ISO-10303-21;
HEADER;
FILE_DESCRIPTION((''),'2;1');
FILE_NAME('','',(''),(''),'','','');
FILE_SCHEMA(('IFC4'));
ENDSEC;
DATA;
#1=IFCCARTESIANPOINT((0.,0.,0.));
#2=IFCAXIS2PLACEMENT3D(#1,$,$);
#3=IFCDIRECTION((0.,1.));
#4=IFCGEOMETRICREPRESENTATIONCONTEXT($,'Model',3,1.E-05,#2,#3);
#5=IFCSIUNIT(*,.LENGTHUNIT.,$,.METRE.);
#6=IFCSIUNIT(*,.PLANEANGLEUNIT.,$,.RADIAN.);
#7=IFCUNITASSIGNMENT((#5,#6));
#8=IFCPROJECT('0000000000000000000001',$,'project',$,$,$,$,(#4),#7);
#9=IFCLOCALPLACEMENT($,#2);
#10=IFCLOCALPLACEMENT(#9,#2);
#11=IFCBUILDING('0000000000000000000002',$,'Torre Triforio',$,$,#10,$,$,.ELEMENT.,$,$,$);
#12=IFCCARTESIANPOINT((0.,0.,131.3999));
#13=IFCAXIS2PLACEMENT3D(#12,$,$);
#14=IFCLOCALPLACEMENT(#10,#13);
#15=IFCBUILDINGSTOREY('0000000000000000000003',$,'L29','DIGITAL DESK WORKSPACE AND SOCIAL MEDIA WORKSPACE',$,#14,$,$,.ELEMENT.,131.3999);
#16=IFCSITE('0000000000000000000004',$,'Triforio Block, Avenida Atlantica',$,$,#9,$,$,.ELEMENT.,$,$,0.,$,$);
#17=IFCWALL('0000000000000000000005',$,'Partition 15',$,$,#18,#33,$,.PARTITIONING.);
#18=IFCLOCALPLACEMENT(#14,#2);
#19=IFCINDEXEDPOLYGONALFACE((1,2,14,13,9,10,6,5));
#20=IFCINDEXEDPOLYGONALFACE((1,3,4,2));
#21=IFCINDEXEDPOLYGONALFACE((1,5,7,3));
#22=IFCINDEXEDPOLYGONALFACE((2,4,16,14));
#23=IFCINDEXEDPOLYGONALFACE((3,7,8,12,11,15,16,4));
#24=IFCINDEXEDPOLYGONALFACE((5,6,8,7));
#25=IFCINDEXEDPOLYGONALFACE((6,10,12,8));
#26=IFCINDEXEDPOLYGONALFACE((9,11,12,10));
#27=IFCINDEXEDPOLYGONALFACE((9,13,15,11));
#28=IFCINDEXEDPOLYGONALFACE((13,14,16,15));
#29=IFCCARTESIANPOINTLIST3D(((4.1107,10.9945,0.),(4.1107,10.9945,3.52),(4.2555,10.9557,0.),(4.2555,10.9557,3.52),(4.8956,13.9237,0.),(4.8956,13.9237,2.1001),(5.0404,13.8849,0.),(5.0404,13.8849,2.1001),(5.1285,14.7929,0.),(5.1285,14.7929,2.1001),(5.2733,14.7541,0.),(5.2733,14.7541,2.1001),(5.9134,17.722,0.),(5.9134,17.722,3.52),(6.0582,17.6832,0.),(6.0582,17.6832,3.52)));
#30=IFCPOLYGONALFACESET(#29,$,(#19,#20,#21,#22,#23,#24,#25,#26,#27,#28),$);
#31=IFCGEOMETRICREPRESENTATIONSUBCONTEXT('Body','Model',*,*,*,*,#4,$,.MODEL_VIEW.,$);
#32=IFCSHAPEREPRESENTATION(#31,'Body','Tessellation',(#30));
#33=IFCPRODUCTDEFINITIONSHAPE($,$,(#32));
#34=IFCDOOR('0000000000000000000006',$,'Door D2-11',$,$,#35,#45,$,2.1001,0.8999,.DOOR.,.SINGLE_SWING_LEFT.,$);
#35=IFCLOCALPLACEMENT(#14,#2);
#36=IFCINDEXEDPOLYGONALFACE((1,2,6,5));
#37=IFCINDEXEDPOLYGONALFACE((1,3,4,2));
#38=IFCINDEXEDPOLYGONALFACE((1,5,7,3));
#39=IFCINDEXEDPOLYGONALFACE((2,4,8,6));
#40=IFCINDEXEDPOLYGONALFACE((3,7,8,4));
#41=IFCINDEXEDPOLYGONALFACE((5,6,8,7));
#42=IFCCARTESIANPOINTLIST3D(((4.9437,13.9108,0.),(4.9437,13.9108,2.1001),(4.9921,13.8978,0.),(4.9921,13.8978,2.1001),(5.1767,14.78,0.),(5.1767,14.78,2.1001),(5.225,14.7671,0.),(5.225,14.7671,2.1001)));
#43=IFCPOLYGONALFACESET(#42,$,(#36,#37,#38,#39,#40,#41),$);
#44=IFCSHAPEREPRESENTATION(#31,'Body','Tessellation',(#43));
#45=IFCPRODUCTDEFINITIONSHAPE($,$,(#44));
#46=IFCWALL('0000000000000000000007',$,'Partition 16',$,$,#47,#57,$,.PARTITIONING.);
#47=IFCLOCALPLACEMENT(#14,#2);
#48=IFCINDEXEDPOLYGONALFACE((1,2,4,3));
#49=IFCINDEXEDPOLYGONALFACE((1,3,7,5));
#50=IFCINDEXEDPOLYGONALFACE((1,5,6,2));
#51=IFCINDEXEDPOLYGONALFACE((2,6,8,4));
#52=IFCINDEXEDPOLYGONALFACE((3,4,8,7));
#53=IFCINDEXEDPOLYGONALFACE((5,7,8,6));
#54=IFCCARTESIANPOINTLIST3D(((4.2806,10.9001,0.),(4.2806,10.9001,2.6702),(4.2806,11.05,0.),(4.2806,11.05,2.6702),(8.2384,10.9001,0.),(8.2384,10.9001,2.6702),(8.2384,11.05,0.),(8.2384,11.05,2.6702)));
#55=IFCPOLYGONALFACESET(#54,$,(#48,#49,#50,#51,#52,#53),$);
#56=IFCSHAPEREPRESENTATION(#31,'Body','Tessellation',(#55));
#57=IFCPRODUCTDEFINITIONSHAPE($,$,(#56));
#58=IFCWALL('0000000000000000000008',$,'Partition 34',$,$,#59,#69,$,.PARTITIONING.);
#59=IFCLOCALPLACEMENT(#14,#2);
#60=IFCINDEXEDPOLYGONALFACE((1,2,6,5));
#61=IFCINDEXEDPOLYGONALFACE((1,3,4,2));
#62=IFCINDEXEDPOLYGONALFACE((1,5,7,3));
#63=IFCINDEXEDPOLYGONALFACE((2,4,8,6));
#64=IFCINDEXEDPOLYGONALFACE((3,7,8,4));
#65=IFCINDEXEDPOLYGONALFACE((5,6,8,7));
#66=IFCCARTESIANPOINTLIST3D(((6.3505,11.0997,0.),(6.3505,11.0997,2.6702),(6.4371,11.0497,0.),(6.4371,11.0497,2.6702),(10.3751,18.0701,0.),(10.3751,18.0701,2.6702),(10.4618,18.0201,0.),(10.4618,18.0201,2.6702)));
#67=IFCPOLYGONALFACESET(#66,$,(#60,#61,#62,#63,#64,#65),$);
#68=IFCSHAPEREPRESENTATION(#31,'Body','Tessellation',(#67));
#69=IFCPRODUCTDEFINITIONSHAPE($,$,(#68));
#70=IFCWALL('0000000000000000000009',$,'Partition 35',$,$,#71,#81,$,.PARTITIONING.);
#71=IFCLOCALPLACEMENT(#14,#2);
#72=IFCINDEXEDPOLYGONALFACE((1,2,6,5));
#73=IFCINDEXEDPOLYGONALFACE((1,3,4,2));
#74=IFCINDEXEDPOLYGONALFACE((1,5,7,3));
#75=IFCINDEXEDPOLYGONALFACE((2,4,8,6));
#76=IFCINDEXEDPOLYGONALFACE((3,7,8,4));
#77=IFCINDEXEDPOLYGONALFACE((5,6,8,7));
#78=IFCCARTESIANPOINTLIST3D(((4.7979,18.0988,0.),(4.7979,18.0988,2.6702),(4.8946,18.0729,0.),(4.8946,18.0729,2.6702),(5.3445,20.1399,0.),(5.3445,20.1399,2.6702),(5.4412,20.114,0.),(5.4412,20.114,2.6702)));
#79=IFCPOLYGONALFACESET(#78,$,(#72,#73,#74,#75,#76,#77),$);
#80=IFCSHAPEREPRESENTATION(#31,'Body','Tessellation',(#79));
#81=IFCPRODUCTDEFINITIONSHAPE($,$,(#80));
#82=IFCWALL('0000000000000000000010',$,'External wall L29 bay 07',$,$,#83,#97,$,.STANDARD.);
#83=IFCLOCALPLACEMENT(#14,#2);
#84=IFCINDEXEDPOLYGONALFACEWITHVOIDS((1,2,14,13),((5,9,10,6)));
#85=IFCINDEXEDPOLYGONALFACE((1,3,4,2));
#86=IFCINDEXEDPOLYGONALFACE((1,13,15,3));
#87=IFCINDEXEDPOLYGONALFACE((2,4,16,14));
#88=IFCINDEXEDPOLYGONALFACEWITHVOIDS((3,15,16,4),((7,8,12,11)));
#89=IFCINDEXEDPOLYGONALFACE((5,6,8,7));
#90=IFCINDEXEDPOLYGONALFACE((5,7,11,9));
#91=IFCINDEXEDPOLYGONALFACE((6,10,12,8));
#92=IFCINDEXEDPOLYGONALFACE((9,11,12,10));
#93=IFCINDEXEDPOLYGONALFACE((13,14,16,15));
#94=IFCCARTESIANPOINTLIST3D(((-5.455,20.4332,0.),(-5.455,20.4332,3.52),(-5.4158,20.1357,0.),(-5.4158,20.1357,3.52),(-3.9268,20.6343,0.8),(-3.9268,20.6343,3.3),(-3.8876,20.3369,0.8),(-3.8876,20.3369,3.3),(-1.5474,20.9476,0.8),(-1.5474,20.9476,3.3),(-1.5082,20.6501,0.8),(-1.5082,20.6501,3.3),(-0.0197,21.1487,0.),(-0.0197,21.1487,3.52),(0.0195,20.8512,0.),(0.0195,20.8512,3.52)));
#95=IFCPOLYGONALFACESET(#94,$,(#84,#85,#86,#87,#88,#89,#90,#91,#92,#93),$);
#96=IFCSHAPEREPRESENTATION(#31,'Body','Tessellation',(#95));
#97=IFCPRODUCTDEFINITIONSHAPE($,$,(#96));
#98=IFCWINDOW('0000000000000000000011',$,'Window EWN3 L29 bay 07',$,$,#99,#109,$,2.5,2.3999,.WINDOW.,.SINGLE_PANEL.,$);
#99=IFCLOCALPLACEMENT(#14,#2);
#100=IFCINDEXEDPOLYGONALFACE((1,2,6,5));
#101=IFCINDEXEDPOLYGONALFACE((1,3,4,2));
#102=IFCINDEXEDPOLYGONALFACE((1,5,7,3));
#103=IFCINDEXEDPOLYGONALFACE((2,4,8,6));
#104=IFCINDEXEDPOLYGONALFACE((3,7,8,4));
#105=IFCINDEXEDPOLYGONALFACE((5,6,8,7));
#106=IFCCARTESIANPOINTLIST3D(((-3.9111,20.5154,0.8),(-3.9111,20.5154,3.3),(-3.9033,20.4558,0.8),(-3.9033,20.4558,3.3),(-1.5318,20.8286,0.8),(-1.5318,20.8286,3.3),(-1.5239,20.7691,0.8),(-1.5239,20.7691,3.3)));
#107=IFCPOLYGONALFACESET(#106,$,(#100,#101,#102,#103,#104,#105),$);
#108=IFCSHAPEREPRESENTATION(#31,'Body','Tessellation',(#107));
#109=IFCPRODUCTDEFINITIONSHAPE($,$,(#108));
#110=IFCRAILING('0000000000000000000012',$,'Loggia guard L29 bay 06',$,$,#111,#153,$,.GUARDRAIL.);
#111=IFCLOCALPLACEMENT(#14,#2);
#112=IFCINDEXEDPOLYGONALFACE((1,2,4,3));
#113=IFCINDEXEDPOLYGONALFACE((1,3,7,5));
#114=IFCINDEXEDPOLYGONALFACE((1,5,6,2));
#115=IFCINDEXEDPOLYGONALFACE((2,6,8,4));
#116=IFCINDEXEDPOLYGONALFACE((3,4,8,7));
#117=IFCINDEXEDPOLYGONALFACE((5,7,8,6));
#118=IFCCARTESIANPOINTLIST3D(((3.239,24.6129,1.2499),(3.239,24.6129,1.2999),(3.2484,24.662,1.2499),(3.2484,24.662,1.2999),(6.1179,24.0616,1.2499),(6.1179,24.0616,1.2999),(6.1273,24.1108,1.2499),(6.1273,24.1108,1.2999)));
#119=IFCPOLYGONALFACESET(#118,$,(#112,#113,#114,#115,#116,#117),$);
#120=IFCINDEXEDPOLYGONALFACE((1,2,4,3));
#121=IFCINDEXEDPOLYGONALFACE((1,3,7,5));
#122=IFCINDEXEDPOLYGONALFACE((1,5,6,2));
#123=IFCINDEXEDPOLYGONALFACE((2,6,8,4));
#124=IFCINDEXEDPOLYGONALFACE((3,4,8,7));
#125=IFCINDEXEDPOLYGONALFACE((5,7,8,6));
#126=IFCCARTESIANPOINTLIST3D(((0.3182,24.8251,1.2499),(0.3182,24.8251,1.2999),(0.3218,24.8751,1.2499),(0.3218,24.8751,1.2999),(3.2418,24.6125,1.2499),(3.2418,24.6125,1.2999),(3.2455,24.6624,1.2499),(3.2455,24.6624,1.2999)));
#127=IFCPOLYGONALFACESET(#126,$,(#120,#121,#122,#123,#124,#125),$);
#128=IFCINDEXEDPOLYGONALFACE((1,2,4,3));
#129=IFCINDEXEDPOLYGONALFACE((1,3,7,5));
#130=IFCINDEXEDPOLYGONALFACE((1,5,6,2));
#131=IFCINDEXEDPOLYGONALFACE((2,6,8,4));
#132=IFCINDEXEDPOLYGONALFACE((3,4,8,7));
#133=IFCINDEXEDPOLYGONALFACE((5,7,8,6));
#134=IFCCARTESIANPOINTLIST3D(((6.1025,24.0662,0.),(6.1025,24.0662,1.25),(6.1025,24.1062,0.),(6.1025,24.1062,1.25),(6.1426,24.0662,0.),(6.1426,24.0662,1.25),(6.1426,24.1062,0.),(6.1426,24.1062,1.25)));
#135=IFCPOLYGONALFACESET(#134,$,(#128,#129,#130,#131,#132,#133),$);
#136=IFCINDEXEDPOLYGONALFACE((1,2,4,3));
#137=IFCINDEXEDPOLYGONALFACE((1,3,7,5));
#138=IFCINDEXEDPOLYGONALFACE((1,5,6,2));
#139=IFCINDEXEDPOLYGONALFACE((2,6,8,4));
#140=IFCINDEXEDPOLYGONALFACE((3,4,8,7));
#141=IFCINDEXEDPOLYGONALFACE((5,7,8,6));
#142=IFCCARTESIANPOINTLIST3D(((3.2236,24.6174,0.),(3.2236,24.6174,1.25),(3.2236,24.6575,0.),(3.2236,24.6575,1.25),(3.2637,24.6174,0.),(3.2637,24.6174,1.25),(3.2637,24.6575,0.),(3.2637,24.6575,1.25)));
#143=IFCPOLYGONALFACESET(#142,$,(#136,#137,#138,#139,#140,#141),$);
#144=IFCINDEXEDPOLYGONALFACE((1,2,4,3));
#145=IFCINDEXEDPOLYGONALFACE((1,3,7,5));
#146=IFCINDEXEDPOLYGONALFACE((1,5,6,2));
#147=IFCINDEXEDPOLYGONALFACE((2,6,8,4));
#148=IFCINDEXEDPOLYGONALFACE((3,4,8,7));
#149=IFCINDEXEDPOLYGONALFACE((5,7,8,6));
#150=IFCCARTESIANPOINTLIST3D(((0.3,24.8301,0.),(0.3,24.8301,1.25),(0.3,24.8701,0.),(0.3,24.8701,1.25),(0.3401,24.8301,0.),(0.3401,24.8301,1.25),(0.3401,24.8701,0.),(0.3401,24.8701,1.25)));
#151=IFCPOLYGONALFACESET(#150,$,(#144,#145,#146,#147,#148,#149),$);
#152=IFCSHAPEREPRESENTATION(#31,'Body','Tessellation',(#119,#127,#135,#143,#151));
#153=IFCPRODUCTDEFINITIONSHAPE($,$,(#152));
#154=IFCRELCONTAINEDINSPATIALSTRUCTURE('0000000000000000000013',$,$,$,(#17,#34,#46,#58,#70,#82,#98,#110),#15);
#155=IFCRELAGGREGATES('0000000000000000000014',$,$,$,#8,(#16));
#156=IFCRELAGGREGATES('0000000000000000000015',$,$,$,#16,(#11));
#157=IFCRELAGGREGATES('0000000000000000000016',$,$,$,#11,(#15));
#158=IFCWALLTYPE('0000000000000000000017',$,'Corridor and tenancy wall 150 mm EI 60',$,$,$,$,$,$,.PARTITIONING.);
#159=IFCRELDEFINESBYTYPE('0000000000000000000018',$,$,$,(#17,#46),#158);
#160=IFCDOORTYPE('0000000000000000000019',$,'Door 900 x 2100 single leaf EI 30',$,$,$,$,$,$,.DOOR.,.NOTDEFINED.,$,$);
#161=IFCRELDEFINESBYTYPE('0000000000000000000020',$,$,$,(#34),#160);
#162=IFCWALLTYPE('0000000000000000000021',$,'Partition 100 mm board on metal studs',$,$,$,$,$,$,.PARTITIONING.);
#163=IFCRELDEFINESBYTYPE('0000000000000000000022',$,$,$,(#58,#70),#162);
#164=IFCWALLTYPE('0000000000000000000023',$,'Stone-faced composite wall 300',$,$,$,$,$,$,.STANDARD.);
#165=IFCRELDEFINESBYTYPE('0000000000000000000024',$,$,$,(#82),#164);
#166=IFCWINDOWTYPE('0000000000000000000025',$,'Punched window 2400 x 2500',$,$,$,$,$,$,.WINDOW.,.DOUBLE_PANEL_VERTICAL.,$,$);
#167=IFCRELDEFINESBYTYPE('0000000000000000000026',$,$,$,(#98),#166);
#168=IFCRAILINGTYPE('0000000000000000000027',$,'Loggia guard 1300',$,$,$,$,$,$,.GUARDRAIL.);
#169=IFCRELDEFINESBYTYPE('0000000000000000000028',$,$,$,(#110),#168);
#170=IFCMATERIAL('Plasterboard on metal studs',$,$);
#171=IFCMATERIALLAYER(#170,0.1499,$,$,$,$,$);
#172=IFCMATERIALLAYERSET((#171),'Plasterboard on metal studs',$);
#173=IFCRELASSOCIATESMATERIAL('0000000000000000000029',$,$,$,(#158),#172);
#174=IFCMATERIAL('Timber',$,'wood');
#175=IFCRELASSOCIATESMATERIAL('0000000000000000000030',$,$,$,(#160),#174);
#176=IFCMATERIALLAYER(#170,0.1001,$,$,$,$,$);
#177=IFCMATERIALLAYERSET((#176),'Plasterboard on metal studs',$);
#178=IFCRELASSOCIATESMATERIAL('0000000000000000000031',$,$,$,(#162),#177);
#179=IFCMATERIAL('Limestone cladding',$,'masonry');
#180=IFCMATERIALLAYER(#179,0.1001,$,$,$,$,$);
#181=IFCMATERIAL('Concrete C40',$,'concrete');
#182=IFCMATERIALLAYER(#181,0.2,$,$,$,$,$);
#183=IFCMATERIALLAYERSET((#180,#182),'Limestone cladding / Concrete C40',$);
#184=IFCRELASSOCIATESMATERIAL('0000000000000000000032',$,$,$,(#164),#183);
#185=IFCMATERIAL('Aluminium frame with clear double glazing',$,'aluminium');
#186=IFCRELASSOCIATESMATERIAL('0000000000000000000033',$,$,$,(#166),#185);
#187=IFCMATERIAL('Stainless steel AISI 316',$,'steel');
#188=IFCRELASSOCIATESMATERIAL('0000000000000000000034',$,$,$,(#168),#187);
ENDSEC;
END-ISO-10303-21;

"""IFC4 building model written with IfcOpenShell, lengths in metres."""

from ifc_helpers import new_model, si_unit, direction, frame, frame_2d, origin, origin_2d, place, context, subcontext, project, spatial, rectangle, extrude, material, layer, layer_set, type_object, element, fill, save


model = new_model("IFC4")

# Units and contexts
model_context = context("Model", 3, precision=1e-05, world=origin(), true_north=direction((0.0, 1.0)))
body_context = subcontext(model_context, "Body", "Model", "MODEL_VIEW")
ifc_project = project(units=[si_unit("LENGTHUNIT", "METRE"), si_unit("PLANEANGLEUNIT", "RADIAN")], contexts=[model_context])

# Site, building, storey
site_placement = place(None, origin())
site = spatial("IfcSite", under=ifc_project, at=site_placement, Name="Triforio Block, Avenida Atlantica", CompositionType="ELEMENT", RefElevation=0.0)
building_placement = place(site_placement, origin())
building = spatial("IfcBuilding", under=site, at=building_placement, Name="Torre Triforio", CompositionType="ELEMENT")
storey_placement = place(building_placement, frame((0.0, 0.0, 131.3999)))
storey = spatial("IfcBuildingStorey", under=building, at=storey_placement, Name="L29", Description="DIGITAL DESK WORKSPACE AND SOCIAL MEDIA WORKSPACE", CompositionType="ELEMENT", Elevation=131.3999)

# Shared definitions
ifc_material_1 = material(Name="Plasterboard on metal studs")
ifc_layer_1 = layer(ifc_material_1, 0.1499)
ifc_layer_set_1 = layer_set([ifc_layer_1], Name="Plasterboard on metal studs")
wall_type_1 = type_object("IfcWallType", Name="Corridor and tenancy wall 150 mm EI 60", PredefinedType="PARTITIONING", material=ifc_layer_set_1)
ifc_material_2 = material(Name="Timber", Category="wood")
door_type_1 = type_object("IfcDoorType", Name="Door 900 x 2100 single leaf EI 30", OperationType="NOTDEFINED", PredefinedType="DOOR", material=ifc_material_2)

# Wall, opening, door
wall_1_placement = place(storey_placement, frame((5.9858, 17.7026, 0.0), z_axis=(0.0, 0.0, 1.0), x_axis=(-0.258832, -0.965922, 0.0)))
wall_1 = element("IfcWall", 1, at=wall_1_placement, inside=storey, type_object=wall_type_1, Name="Partition 15", PredefinedType="PARTITIONING", context=body_context, shape_type="SweptSolid", body=[
    extrude(rectangle(XDim=6.9648, YDim=0.1499, at=frame_2d((3.4824, 0.0))), origin(), (0.0, 0.0, 1.0), 3.52),
])
opening_1_placement = place(wall_1_placement, frame((3.0325, 0.0, 0.0)))
opening_1 = element("IfcOpeningElement", 2, at=opening_1_placement, cuts=wall_1, PredefinedType="OPENING", context=body_context, shape_type="SweptSolid", body=[
    extrude(rectangle(XDim=0.8999, YDim=2.1001, at=frame_2d((0.45, 1.05))), frame((0.0, 0.085, 0.0), z_axis=(0.0, -1.0, 0.0), x_axis=(1.0, 0.0, 0.0)), (0.0, 0.0, 1.0), 0.1699),
])
door_1_placement = place(opening_1_placement, origin())
door_1 = element("IfcDoor", 3, at=door_1_placement, inside=storey, type_object=door_type_1, Name="Door D2-11", OperationType="SINGLE_SWING_LEFT", OverallHeight=2.1001, OverallWidth=0.8999, PredefinedType="DOOR", context=body_context, shape_type="SweptSolid", body=[
    extrude(rectangle(XDim=0.8999, YDim=2.1001, at=frame_2d((0.45, 1.05))), frame((0.0, 0.0249, 0.0), z_axis=(0.0, -1.0, 0.0), x_axis=(1.0, 0.0, 0.0)), (0.0, 0.0, 1.0), 0.05),
])
fill(opening_1, door_1)

# Walls
wall_2_placement = place(storey_placement, frame((4.2805, 10.9751, 0.0), z_axis=(0.0, 0.0, 1.0), x_axis=(1.0, 0.0, 0.0)))
element("IfcWall", 4, at=wall_2_placement, inside=storey, type_object=wall_type_1, Name="Partition 16", PredefinedType="PARTITIONING", context=body_context, shape_type="SweptSolid", body=[
    extrude(rectangle(XDim=3.9578, YDim=0.1499, at=frame_2d((1.979, 0.0))), origin(), (0.0, 0.0, 1.0), 2.6702),
])
ifc_layer_2 = layer(ifc_material_1, 0.1001)
ifc_layer_set_2 = layer_set([ifc_layer_2], Name="Plasterboard on metal studs")
wall_type_2 = type_object("IfcWallType", Name="Partition 100 mm board on metal studs", PredefinedType="PARTITIONING", material=ifc_layer_set_2)
wall_3_placement = place(storey_placement, frame((6.3938, 11.0747, 0.0), z_axis=(0.0, 0.0, 1.0), x_axis=(0.500024, 0.866011, 0.0)))
element("IfcWall", 5, at=wall_3_placement, inside=storey, type_object=wall_type_2, Name="Partition 34", PredefinedType="PARTITIONING", context=body_context, shape_type="SweptSolid", body=[
    extrude(rectangle(XDim=8.0488, YDim=0.1001, at=frame_2d((4.0244, 0.0))), origin(), (0.0, 0.0, 1.0), 2.6702),
])
wall_4_placement = place(storey_placement, frame((4.8462, 18.0857, 0.0), z_axis=(0.0, 0.0, 1.0), x_axis=(0.258705, 0.965956, 0.0)))
element("IfcWall", 6, at=wall_4_placement, inside=storey, type_object=wall_type_2, Name="Partition 35", PredefinedType="PARTITIONING", context=body_context, shape_type="SweptSolid", body=[
    extrude(rectangle(XDim=2.113, YDim=0.1001, at=frame_2d((1.0566, 0.0))), origin(), (0.0, 0.0, 1.0), 2.6702),
])

# Shared definitions
ifc_material_3 = material(Name="Limestone cladding", Category="masonry")
ifc_layer_3 = layer(ifc_material_3, 0.1001)
ifc_material_4 = material(Name="Concrete C40", Category="concrete")
ifc_layer_4 = layer(ifc_material_4, 0.2)
ifc_layer_set_3 = layer_set([ifc_layer_3, ifc_layer_4], Name="Limestone cladding / Concrete C40")
wall_type_3 = type_object("IfcWallType", Name="Stone-faced composite wall 300", PredefinedType="STANDARD", material=ifc_layer_set_3)
ifc_material_5 = material(Name="Aluminium frame with clear double glazing", Category="aluminium")

# Wall, opening, window
wall_5_placement = place(storey_placement, frame((0.0, 21.0, 0.0), z_axis=(0.0, 0.0, 1.0), x_axis=(-0.991445, -0.130527, 0.0)))
wall_5 = element("IfcWall", 7, at=wall_5_placement, inside=storey, type_object=wall_type_3, Name="External wall L29 bay 07", PredefinedType="STANDARD", context=body_context, shape_type="SweptSolid", body=[
    extrude(rectangle(XDim=5.4822, YDim=0.3, at=frame_2d((2.7412, 0.0))), origin(), (0.0, 0.0, 1.0), 3.52),
])
opening_2_placement = place(wall_5_placement, frame((1.541, 0.0, 0.8)))
opening_2 = element("IfcOpeningElement", 8, at=opening_2_placement, cuts=wall_5, PredefinedType="OPENING", context=body_context, shape_type="SweptSolid", body=[
    extrude(rectangle(XDim=2.3999, YDim=2.5, at=frame_2d((1.2, 1.25))), frame((0.0, 0.1599, 0.0), z_axis=(0.0, -1.0, 0.0), x_axis=(1.0, 0.0, 0.0)), (0.0, 0.0, 1.0), 0.3201),
])
window_type_1 = type_object("IfcWindowType", Name="Punched window 2400 x 2500", PartitioningType="DOUBLE_PANEL_VERTICAL", PredefinedType="WINDOW", material=ifc_material_5)
window_1_placement = place(opening_2_placement, origin())
window_1 = element("IfcWindow", 9, at=window_1_placement, inside=storey, type_object=window_type_1, Name="Window EWN3 L29 bay 07", OverallHeight=2.5, OverallWidth=2.3999, PartitioningType="SINGLE_PANEL", PredefinedType="WINDOW", context=body_context, shape_type="SweptSolid", body=[
    extrude(rectangle(XDim=2.3999, YDim=2.5, at=frame_2d((1.2, 1.25))), frame((0.0, 0.03, 0.0), z_axis=(0.0, -1.0, 0.0), x_axis=(1.0, 0.0, 0.0)), (0.0, 0.0, 1.0), 0.0601),
])
fill(opening_2, window_1)

# Railing
ifc_material_6 = material(Name="Stainless steel AISI 316", Category="steel")
railing_type = type_object("IfcRailingType", Name="Loggia guard 1300", PredefinedType="GUARDRAIL", material=ifc_material_6)
railing_placement = place(storey_placement, frame((6.1226, 24.0862, 0.0)))
element("IfcRailing", 10, at=railing_placement, inside=storey, type_object=railing_type, Name="Loggia guard L29 bay 06", PredefinedType="GUARDRAIL", context=body_context, shape_type="SweptSolid", body=[
    extrude(rectangle(XDim=0.05, YDim=0.05, at=origin_2d()), frame((0.0, 0.0, 1.2749), z_axis=(-0.982156, 0.188069, 0.0), x_axis=(-0.188069, -0.982156, 0.0)), (0.0, 0.0, 1.0), 2.9312),
    extrude(rectangle(XDim=0.05, YDim=0.05, at=origin_2d()), frame((-2.8789, 0.5513, 1.2749), z_axis=(-0.997365, 0.072543, 0.0), x_axis=(-0.072543, -0.997365, 0.0)), (0.0, 0.0, 1.0), 2.9314),
    extrude(rectangle(XDim=0.04, YDim=0.04, at=origin_2d()), origin(), (0.0, 0.0, 1.0), 1.25),
    extrude(rectangle(XDim=0.04, YDim=0.04, at=origin_2d()), frame((-2.8789, 0.5513, 0.0)), (0.0, 0.0, 1.0), 1.25),
    extrude(rectangle(XDim=0.04, YDim=0.04, at=origin_2d()), frame((-5.8025, 0.7639, 0.0)), (0.0, 0.0, 1.0), 1.25),
])

save(model, "model.ifc")
